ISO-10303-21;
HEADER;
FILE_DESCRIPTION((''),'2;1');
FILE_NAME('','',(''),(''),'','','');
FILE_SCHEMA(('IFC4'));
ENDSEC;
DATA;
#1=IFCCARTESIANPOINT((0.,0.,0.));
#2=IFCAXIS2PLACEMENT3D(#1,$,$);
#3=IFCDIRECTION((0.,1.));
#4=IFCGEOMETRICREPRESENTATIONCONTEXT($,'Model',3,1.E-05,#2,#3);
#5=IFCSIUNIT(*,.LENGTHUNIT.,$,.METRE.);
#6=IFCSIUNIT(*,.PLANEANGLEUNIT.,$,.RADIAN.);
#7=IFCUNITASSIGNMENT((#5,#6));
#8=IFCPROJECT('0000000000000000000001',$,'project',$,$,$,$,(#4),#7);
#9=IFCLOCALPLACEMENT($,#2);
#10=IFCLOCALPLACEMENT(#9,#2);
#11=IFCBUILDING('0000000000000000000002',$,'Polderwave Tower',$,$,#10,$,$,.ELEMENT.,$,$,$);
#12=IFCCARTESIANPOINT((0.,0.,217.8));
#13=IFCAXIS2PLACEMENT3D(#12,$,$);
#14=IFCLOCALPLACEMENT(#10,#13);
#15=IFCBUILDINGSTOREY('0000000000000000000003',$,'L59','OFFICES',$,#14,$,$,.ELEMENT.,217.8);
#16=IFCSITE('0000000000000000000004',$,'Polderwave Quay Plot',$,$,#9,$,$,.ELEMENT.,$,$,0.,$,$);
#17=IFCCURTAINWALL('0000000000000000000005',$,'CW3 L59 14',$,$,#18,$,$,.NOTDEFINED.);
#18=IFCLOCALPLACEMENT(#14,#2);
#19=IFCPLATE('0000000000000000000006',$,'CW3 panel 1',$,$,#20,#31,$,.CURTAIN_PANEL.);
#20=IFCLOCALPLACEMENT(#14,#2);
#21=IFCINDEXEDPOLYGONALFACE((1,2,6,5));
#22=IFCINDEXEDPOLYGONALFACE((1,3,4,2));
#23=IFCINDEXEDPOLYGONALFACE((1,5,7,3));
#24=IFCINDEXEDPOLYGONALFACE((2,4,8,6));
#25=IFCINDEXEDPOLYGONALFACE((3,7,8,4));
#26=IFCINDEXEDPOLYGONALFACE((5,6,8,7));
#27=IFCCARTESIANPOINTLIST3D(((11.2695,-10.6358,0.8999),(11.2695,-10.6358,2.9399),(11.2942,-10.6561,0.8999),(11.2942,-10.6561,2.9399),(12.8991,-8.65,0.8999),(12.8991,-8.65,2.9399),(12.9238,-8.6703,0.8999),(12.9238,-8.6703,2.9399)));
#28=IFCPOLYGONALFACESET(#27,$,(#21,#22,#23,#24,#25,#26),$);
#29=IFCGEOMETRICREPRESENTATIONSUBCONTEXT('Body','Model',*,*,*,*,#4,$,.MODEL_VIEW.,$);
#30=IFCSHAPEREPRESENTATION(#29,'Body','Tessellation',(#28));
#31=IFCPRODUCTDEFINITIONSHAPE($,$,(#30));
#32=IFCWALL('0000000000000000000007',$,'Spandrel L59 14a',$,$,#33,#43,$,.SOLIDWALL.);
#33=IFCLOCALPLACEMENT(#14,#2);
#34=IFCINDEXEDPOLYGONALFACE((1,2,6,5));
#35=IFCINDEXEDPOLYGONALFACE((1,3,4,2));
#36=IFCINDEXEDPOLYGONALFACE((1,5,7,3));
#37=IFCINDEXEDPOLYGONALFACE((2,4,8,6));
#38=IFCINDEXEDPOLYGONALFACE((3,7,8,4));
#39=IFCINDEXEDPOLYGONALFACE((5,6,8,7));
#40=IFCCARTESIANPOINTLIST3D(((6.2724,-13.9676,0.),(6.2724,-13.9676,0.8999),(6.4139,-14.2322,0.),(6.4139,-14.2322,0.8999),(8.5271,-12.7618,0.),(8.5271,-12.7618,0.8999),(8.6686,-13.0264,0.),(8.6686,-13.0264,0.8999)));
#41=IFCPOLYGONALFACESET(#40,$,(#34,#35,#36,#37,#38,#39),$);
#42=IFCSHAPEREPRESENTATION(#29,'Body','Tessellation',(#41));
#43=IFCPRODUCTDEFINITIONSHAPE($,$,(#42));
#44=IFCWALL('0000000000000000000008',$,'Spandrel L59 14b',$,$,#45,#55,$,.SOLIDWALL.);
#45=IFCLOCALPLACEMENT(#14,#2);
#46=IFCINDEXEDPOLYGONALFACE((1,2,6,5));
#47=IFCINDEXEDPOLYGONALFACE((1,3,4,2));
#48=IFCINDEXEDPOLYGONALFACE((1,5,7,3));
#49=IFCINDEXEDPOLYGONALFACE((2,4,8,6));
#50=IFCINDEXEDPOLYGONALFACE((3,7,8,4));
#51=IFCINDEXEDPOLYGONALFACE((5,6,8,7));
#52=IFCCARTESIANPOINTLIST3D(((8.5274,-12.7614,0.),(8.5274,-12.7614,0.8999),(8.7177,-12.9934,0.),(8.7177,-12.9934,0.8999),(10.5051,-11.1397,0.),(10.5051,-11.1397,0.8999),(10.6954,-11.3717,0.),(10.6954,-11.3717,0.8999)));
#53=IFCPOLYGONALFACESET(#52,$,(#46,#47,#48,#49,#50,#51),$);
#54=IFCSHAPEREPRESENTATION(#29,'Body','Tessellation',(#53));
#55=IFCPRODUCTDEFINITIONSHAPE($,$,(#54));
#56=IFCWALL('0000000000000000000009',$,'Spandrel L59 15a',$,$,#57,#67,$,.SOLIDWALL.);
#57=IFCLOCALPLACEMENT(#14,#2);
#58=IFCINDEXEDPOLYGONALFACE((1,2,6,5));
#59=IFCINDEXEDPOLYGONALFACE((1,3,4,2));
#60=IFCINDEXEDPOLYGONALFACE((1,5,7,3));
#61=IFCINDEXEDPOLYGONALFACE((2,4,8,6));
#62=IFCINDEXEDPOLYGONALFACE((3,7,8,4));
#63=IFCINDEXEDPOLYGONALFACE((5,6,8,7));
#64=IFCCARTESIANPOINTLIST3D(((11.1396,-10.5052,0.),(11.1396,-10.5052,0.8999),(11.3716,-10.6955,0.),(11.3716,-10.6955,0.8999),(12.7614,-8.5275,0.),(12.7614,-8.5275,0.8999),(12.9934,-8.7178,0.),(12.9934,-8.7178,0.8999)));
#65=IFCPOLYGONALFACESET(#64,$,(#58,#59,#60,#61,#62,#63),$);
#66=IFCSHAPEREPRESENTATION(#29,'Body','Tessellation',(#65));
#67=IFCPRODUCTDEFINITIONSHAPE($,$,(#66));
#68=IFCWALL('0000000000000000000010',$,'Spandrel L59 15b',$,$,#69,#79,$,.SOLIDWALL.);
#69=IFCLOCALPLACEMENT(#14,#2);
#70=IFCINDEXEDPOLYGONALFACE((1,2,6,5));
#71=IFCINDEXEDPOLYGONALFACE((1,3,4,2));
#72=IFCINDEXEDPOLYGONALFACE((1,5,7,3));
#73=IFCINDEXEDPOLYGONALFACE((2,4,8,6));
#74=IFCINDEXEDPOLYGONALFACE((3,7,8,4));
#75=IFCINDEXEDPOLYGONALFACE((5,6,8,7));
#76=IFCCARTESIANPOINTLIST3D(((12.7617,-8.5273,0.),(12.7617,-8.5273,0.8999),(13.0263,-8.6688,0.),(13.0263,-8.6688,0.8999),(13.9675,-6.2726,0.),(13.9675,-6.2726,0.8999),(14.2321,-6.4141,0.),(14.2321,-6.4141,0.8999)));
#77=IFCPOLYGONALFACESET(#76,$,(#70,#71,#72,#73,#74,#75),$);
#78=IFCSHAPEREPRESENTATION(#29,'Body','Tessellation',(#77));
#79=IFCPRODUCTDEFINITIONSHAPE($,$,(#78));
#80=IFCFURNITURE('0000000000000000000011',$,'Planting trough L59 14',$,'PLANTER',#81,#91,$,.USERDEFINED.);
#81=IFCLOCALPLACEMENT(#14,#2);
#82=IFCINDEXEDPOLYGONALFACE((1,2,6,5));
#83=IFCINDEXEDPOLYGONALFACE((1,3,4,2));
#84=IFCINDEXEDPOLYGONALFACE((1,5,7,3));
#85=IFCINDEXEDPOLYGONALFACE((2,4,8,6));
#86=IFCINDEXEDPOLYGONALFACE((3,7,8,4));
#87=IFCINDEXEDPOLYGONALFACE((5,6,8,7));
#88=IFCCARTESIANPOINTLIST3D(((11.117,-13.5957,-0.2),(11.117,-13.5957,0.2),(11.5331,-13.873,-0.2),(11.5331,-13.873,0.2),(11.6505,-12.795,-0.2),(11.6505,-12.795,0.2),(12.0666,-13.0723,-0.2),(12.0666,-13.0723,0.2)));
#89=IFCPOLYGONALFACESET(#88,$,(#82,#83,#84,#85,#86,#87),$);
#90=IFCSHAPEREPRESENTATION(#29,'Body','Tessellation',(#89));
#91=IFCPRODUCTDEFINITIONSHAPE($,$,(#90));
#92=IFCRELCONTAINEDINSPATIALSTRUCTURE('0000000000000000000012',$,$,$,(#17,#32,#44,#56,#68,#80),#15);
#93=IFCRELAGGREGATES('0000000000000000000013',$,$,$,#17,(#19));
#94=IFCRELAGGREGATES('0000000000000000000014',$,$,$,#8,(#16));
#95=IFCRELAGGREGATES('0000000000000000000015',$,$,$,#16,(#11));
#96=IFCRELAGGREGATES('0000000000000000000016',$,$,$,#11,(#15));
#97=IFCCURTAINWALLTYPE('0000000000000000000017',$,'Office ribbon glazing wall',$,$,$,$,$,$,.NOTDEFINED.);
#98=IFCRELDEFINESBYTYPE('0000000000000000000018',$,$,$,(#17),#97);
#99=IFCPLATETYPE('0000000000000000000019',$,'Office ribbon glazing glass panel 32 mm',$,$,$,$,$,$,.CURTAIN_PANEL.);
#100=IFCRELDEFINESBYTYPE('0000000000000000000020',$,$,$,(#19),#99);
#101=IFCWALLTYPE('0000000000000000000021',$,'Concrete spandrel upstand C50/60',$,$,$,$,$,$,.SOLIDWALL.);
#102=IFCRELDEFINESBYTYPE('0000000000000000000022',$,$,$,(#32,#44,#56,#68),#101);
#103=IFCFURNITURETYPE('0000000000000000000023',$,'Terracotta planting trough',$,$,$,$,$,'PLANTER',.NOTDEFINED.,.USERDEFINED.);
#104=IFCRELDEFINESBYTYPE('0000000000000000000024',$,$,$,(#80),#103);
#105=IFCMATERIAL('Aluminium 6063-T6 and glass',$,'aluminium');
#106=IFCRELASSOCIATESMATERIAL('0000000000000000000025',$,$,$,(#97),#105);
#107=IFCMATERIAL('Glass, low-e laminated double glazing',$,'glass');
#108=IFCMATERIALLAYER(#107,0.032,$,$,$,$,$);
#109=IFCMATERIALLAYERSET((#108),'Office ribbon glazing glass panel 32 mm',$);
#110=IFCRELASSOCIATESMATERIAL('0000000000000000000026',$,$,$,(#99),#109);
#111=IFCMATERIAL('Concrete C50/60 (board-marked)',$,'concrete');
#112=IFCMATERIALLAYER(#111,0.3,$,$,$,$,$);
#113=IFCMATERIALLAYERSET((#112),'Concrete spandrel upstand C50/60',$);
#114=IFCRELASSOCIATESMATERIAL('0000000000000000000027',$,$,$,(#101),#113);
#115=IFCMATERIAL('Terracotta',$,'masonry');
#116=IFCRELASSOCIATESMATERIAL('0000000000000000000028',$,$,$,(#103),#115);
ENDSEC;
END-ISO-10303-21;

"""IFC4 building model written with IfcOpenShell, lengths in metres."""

from ifc_helpers import new_model, si_unit, direction, frame, frame_2d, origin, origin_2d, place, context, subcontext, project, spatial, rectangle, extrude, material, layer, layer_set, type_object, element, aggregate, save


model = new_model("IFC4")

# Units and contexts
model_context = context("Model", 3, precision=1e-05, world=origin(), true_north=direction((0.0, 1.0)))
body_context = subcontext(model_context, "Body", "Model", "MODEL_VIEW")
ifc_project = project(units=[si_unit("LENGTHUNIT", "METRE"), si_unit("PLANEANGLEUNIT", "RADIAN")], contexts=[model_context])

# Site, building, storey
site_placement = place(None, origin())
site = spatial("IfcSite", under=ifc_project, at=site_placement, Name="Polderwave Quay Plot", CompositionType="ELEMENT", RefElevation=0.0)
building_placement = place(site_placement, origin())
building = spatial("IfcBuilding", under=site, at=building_placement, Name="Polderwave Tower", CompositionType="ELEMENT")
storey_placement = place(building_placement, frame((0.0, 0.0, 217.8)))
storey = spatial("IfcBuildingStorey", under=building, at=storey_placement, Name="L59", Description="OFFICES", CompositionType="ELEMENT", Elevation=217.8)

# Curtain wall
ifc_material_1 = material(Name="Aluminium 6063-T6 and glass", Category="aluminium")
curtain_wall_type = type_object("IfcCurtainWallType", Name="Office ribbon glazing wall", PredefinedType="NOTDEFINED", material=ifc_material_1)
curtain_wall_1_placement = place(storey_placement, origin())
curtain_wall_1 = element("IfcCurtainWall", 1, at=curtain_wall_1_placement, inside=storey, type_object=curtain_wall_type, Name="CW3 L59 14", PredefinedType="NOTDEFINED")

# Plate
ifc_material_2 = material(Name="Glass, low-e laminated double glazing", Category="glass")
ifc_layer_1 = layer(ifc_material_2, 0.032)
ifc_layer_set_1 = layer_set([ifc_layer_1], Name="Office ribbon glazing glass panel 32 mm")
plate_type = type_object("IfcPlateType", Name="Office ribbon glazing glass panel 32 mm", PredefinedType="CURTAIN_PANEL", material=ifc_layer_set_1)
plate_1_placement = place(storey_placement, frame((12.0967, -9.6531, 0.8999), z_axis=(0.0, 0.0, 1.0), x_axis=(0.63437, 0.773029, 0.0)))
plate_1 = element("IfcPlate", 2, at=plate_1_placement, type_object=plate_type, Name="CW3 panel 1", PredefinedType="CURTAIN_PANEL", context=body_context, shape_type="SweptSolid", body=[
    extrude(rectangle(XDim=2.5688, YDim=0.032, at=origin_2d()), origin(), (0.0, 0.0, 1.0), 2.04),
])
aggregate(curtain_wall_1, [plate_1])

# Walls
ifc_material_3 = material(Name="Concrete C50/60 (board-marked)", Category="concrete")
ifc_layer_2 = layer(ifc_material_3, 0.3)
ifc_layer_set_2 = layer_set([ifc_layer_2], Name="Concrete spandrel upstand C50/60")
wall_type = type_object("IfcWallType", Name="Concrete spandrel upstand C50/60", PredefinedType="SOLIDWALL", material=ifc_layer_set_2)
wall_1_placement = place(storey_placement, frame((6.3433, -14.0999, 0.0), z_axis=(0.0, 0.0, 1.0), x_axis=(0.88181, 0.471604, 0.0)))
element("IfcWall", 3, at=wall_1_placement, inside=storey, type_object=wall_type, Name="Spandrel L59 14a", PredefinedType="SOLIDWALL", context=body_context, shape_type="SweptSolid", body=[
    extrude(rectangle(XDim=2.5569, YDim=0.3, at=frame_2d((1.2783, 0.0))), origin(), (0.0, 0.0, 1.0), 0.8999),
])
for number, where, z_axis, x_axis, name in (
    (4, (8.6226, -12.8774, 0.0), (0.0, 0.0, 1.0), (0.773259, 0.63409, 0.0), "Spandrel L59 14b"),
    (5, (11.2556, -10.6003, 0.0), (0.0, 0.0, 1.0), (0.63409, 0.773259, 0.0), "Spandrel L59 15a"),
):
    element("IfcWall", number, at=place(storey_placement, frame(where, z_axis=z_axis, x_axis=x_axis)), inside=storey, type_object=wall_type, Name=name, PredefinedType="SOLIDWALL", context=body_context, shape_type="SweptSolid", body=[
        extrude(rectangle(XDim=2.5576, YDim=0.3, at=frame_2d((1.2788, 0.0))), origin(), (0.0, 0.0, 1.0), 0.8999),
    ])
wall_2_placement = place(storey_placement, frame((12.894, -8.5979, 0.0), z_axis=(0.0, 0.0, 1.0), x_axis=(0.471604, 0.88181, 0.0)))
element("IfcWall", 6, at=wall_2_placement, inside=storey, type_object=wall_type, Name="Spandrel L59 15b", PredefinedType="SOLIDWALL", context=body_context, shape_type="SweptSolid", body=[
    extrude(rectangle(XDim=2.5569, YDim=0.3, at=frame_2d((1.2783, 0.0))), origin(), (0.0, 0.0, 1.0), 0.8999),
])

# Furniture
ifc_material_4 = material(Name="Terracotta", Category="masonry")
furniture_type = type_object("IfcFurnitureType", Name="Terracotta planting trough", ElementType="PLANTER", AssemblyPlace="NOTDEFINED", PredefinedType="USERDEFINED", material=ifc_material_4)
furniture_placement = place(storey_placement, frame((11.5918, -13.334, -0.2), z_axis=(0.0, 0.0, 1.0), x_axis=(0.554519, 0.832171, 0.0)))
element("IfcFurniture", 7, at=furniture_placement, inside=storey, type_object=furniture_type, Name="Planting trough L59 14", ObjectType="PLANTER", PredefinedType="USERDEFINED", context=body_context, shape_type="SweptSolid", body=[
    extrude(rectangle(XDim=0.9622, YDim=0.5, at=origin_2d()), origin(), (0.0, 0.0, 1.0), 0.3999),
])

save(model, "model.ifc")
